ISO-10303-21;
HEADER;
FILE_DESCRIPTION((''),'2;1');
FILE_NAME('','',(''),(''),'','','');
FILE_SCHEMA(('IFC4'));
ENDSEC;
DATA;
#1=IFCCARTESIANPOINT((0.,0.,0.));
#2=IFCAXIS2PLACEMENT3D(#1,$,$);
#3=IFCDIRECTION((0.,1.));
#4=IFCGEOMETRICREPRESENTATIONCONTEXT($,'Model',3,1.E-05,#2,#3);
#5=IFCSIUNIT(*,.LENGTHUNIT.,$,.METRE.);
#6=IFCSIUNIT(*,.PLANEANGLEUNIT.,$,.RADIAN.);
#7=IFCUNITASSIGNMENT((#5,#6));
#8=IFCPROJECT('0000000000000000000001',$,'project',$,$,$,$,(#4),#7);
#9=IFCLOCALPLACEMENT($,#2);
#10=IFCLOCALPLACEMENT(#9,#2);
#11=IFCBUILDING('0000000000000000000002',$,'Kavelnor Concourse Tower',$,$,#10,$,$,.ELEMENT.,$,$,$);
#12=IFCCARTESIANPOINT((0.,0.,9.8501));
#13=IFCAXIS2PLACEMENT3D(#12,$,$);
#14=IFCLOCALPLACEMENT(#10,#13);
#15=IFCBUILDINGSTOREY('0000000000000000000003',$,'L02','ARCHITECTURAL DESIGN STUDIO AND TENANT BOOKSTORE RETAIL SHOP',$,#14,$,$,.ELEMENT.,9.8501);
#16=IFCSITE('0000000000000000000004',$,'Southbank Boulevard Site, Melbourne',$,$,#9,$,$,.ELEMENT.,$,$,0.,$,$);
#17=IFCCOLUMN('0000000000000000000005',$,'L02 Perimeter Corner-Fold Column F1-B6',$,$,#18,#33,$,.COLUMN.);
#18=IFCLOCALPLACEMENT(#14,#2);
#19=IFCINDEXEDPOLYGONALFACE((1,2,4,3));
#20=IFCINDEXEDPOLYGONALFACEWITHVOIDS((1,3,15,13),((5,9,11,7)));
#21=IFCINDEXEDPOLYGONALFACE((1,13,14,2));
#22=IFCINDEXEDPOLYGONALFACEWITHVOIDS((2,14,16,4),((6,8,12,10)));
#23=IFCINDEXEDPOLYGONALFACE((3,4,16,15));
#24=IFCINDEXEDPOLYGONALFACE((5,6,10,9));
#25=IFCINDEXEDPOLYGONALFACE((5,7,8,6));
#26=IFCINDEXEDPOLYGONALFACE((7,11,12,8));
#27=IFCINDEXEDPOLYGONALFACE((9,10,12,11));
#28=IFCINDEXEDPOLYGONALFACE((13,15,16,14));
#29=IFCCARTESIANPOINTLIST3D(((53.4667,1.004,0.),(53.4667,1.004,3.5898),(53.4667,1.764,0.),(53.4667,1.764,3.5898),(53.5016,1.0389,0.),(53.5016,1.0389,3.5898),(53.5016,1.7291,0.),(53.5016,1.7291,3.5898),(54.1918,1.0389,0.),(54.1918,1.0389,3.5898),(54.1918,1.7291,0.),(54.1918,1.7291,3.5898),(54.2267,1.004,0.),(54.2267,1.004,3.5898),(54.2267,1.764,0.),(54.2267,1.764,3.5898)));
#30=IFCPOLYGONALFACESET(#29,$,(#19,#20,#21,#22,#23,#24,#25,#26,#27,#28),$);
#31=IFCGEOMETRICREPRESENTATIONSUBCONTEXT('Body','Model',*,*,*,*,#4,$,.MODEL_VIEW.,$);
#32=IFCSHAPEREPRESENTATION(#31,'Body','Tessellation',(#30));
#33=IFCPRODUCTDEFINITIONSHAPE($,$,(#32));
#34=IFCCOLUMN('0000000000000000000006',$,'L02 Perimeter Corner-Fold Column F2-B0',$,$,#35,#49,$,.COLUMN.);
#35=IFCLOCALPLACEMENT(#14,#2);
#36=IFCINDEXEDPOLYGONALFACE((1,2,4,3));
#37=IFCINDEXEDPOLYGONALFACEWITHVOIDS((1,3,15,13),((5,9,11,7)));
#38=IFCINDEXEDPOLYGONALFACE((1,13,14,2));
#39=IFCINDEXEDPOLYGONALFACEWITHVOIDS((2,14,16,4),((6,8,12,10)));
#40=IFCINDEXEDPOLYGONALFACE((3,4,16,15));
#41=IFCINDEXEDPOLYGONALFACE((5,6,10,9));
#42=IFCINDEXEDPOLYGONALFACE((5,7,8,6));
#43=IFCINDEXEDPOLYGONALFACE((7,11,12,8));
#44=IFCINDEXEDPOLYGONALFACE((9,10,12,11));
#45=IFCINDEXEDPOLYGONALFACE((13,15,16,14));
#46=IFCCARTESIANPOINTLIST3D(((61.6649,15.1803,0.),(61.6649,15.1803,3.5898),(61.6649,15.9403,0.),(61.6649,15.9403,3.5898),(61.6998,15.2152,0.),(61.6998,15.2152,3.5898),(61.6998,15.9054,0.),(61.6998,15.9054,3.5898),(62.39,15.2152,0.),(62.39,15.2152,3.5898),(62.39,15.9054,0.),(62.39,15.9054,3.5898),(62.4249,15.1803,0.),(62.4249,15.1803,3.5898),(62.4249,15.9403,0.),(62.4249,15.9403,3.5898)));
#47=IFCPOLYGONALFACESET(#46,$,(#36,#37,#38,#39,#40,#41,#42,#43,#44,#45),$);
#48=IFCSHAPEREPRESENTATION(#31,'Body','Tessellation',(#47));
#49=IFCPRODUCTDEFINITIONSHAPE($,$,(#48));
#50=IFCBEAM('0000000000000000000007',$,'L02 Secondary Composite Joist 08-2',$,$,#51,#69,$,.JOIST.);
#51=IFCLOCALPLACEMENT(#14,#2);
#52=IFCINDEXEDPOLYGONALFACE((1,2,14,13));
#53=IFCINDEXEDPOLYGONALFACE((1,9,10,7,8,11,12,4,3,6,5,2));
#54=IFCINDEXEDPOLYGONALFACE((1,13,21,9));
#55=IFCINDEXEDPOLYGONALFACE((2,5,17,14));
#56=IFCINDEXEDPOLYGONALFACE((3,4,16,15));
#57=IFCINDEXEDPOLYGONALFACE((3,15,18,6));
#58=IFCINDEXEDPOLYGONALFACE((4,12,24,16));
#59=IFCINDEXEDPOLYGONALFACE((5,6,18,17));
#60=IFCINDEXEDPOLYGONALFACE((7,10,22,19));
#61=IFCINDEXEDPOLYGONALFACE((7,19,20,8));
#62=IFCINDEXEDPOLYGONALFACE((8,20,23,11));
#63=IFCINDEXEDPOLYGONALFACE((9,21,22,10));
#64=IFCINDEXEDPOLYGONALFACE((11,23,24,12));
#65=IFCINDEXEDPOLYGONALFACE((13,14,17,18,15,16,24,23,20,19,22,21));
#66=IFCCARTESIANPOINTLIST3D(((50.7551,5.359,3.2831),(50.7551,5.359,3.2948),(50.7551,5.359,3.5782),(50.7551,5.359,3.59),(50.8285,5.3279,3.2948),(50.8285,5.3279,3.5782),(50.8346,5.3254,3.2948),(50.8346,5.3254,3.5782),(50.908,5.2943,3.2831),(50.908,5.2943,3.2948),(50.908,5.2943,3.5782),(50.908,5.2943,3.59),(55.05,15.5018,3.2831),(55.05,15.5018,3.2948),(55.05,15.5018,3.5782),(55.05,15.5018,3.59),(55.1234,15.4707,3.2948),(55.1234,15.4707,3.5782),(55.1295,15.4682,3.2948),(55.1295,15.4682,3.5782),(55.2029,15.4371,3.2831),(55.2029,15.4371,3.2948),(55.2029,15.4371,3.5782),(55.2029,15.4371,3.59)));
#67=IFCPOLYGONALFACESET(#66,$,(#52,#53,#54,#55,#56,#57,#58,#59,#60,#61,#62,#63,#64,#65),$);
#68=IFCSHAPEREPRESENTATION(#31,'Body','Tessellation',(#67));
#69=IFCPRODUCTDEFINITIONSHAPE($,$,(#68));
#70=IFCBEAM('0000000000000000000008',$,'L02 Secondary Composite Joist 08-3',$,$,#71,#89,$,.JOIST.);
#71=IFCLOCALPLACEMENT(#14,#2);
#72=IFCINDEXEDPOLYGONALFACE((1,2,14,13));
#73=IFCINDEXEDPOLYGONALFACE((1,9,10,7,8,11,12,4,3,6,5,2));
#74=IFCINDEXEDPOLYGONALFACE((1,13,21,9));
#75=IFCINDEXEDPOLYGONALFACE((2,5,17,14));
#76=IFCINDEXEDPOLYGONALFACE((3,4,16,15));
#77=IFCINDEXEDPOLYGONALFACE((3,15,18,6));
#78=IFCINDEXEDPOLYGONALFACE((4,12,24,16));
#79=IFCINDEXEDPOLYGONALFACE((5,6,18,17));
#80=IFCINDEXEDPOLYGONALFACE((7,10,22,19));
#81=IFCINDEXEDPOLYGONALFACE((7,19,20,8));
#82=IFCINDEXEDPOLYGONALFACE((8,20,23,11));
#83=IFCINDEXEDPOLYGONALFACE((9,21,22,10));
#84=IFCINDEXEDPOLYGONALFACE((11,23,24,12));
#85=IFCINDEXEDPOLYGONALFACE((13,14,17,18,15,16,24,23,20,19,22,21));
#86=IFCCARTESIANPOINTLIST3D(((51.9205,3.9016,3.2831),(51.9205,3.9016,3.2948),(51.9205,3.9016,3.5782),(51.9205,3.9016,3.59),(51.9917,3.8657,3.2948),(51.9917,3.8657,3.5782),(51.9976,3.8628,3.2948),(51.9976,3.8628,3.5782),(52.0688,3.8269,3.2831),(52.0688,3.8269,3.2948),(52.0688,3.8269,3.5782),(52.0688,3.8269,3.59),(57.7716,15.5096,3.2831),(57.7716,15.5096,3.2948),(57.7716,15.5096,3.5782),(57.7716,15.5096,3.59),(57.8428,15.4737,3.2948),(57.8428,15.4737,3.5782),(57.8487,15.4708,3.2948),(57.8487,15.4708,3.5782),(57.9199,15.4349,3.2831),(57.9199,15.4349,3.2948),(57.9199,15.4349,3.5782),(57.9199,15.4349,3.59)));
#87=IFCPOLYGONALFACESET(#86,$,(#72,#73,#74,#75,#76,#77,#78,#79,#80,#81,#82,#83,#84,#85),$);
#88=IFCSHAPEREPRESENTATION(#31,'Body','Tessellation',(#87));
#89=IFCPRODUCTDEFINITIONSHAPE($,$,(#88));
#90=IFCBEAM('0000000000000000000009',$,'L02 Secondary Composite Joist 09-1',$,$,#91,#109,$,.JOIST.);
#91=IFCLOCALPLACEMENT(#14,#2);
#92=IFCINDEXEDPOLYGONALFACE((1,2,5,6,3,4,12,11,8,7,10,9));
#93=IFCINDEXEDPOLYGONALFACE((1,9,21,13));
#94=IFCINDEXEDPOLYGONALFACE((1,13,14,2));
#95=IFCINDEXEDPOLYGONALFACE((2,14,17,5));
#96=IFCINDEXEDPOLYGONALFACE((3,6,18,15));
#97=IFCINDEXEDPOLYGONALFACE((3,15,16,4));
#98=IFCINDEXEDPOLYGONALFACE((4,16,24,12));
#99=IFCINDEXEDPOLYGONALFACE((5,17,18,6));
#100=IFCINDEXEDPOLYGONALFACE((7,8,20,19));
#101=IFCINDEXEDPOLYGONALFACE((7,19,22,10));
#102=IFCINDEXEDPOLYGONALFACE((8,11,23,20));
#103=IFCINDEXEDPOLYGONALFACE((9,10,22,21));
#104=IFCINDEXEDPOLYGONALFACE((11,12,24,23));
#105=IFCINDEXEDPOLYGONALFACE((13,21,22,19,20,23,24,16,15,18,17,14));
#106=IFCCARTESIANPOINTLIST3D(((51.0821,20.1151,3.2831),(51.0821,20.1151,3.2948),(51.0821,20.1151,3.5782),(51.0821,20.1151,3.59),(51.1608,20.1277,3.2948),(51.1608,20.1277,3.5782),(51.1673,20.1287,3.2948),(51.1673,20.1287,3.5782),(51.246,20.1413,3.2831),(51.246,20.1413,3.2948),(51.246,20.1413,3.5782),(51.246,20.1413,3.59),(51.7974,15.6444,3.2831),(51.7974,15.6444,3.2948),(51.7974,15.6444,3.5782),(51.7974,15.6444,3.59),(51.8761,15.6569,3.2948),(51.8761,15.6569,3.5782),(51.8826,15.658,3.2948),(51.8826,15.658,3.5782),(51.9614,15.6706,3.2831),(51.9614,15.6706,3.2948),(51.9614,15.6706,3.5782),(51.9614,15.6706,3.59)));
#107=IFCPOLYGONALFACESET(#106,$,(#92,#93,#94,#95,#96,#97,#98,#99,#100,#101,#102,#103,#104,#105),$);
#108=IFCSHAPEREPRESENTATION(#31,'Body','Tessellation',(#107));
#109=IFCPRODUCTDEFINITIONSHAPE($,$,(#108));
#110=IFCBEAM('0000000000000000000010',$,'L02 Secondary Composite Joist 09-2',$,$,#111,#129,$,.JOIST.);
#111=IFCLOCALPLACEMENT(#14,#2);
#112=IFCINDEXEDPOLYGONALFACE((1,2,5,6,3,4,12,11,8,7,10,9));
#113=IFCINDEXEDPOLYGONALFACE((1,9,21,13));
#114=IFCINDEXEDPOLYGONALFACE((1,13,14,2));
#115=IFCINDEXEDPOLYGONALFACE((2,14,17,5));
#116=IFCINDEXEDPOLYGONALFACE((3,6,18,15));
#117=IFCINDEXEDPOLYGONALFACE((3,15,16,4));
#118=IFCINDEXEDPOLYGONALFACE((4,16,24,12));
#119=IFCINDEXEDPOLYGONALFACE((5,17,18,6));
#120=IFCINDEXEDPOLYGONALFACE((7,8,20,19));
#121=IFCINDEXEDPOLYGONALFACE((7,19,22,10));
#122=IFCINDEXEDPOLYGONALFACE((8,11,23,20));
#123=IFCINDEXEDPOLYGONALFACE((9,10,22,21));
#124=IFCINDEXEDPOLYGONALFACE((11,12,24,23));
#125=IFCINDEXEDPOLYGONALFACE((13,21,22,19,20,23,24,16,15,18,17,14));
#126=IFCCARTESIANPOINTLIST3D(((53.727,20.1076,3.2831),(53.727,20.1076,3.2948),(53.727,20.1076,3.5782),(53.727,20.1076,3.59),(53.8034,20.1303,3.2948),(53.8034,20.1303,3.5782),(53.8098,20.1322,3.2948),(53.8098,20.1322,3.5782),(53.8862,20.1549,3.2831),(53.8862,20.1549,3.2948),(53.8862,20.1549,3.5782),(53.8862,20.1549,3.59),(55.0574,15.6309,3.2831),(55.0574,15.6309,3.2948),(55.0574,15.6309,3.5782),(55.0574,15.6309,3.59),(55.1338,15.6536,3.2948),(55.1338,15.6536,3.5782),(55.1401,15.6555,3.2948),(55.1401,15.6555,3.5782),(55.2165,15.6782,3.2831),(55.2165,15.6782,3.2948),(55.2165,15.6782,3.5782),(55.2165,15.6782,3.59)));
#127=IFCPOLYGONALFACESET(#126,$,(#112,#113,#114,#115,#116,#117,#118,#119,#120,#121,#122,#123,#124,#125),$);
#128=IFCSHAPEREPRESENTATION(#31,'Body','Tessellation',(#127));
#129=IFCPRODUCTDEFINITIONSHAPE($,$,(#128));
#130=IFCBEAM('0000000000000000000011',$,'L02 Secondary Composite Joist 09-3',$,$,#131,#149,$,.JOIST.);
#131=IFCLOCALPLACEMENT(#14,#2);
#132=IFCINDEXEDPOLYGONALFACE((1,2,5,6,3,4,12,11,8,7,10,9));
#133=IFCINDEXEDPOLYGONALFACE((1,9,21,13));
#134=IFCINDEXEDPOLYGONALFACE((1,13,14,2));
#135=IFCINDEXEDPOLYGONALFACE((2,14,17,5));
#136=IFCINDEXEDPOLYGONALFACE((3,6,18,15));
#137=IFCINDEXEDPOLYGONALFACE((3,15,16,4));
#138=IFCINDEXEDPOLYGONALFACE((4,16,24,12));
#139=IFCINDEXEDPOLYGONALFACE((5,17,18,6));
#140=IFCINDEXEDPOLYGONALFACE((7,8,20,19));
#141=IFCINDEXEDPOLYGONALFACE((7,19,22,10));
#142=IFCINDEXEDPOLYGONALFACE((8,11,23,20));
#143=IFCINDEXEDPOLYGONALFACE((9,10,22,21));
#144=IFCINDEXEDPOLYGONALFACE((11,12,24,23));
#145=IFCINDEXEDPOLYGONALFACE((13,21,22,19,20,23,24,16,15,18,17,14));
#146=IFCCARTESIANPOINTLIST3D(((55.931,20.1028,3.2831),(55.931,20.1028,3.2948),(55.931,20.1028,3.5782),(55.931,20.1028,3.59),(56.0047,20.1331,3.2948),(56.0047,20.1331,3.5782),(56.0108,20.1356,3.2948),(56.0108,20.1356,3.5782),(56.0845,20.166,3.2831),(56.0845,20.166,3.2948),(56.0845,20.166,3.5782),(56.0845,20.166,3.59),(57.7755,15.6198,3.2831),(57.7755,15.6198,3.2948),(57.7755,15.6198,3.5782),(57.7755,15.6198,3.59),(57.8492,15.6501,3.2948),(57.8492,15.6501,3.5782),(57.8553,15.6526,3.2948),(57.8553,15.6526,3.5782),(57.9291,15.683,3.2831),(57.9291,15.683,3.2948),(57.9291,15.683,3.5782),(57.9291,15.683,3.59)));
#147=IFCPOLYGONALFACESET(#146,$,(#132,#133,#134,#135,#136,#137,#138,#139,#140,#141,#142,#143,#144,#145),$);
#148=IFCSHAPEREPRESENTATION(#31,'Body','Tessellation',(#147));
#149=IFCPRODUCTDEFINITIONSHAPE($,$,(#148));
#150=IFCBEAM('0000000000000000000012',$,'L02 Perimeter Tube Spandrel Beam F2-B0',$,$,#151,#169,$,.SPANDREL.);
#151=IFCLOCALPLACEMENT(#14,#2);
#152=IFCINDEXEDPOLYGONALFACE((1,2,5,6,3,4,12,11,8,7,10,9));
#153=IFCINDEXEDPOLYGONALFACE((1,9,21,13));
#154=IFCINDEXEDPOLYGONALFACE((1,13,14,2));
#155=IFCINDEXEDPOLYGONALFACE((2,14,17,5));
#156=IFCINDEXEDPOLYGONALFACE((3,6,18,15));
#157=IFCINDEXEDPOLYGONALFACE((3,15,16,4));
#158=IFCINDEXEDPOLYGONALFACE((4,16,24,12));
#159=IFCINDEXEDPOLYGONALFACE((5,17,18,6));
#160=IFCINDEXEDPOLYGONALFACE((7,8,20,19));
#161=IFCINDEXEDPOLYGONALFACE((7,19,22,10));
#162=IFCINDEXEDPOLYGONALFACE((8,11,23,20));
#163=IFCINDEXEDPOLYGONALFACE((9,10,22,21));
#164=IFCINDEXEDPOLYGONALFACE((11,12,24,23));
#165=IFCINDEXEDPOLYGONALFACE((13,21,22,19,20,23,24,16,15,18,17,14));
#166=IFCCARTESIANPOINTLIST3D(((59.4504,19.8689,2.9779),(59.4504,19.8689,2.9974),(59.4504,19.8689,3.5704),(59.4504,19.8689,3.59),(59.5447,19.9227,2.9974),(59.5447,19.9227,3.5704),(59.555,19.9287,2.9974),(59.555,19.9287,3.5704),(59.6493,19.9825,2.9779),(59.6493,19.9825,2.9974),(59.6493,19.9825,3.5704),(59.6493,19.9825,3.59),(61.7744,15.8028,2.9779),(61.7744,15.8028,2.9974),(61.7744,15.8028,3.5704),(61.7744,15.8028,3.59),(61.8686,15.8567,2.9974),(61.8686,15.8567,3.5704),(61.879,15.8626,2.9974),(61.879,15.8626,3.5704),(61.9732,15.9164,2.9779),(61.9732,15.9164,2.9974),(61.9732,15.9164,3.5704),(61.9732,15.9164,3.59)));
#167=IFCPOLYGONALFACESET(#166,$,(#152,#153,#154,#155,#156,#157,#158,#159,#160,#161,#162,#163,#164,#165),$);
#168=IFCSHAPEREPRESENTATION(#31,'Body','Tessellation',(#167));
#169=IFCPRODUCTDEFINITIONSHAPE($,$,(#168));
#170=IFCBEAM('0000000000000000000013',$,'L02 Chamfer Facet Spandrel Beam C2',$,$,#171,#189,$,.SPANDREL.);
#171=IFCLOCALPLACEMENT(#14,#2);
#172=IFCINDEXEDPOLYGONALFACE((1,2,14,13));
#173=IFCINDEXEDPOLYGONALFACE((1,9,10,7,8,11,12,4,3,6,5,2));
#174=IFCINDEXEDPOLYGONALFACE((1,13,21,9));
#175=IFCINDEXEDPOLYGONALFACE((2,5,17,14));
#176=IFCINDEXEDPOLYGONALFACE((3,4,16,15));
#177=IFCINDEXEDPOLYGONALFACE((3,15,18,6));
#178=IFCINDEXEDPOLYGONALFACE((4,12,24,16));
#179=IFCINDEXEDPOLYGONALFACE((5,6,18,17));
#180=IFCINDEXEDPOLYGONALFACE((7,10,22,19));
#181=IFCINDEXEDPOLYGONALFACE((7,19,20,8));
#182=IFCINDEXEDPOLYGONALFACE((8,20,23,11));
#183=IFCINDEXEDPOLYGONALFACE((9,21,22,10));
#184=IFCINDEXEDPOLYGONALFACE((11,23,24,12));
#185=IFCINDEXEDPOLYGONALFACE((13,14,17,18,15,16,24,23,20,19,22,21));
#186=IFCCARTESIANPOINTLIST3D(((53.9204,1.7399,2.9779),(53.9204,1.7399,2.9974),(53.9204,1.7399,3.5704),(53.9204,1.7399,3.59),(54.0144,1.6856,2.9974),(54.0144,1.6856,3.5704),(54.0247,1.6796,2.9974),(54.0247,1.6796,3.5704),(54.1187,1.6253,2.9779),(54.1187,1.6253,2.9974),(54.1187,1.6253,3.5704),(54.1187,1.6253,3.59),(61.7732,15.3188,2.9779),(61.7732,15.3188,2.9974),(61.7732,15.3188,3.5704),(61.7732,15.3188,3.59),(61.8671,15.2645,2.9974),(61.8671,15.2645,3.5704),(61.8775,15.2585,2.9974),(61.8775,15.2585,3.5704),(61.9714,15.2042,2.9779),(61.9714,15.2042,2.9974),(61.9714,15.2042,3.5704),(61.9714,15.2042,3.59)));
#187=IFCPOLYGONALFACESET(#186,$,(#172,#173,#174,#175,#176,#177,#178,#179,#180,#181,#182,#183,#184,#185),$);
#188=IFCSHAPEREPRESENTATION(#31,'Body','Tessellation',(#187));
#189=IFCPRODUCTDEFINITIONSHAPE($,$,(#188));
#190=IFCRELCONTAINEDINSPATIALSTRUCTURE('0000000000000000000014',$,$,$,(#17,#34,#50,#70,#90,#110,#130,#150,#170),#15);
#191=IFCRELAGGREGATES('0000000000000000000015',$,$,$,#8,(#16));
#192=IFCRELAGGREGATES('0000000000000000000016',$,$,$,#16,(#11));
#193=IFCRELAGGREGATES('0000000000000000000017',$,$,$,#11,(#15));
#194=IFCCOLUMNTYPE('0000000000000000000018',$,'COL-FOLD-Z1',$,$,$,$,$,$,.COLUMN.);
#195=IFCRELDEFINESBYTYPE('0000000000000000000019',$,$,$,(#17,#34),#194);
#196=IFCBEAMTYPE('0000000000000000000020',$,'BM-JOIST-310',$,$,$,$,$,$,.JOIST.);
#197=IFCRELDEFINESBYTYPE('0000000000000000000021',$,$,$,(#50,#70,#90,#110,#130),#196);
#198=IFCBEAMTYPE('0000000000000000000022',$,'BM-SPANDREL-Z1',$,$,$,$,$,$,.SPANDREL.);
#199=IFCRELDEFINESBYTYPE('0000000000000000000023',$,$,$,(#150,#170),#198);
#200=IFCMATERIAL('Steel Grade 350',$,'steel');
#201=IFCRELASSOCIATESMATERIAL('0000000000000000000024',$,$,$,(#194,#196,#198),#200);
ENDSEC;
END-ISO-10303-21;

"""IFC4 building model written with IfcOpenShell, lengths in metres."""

from ifc_helpers import new_model, si_unit, direction, frame, origin, origin_2d, place, context, subcontext, project, spatial, hollow_rectangle, i_section, extrude, material, material_profile, profile_set, type_object, element, save


model = new_model("IFC4")

# Units and contexts
model_context = context("Model", 3, precision=1e-05, world=origin(), true_north=direction((0.0, 1.0)))
body_context = subcontext(model_context, "Body", "Model", "MODEL_VIEW")
ifc_project = project(units=[si_unit("LENGTHUNIT", "METRE"), si_unit("PLANEANGLEUNIT", "RADIAN")], contexts=[model_context])

# Site, building, storey
site_placement = place(None, origin())
site = spatial("IfcSite", under=ifc_project, at=site_placement, Name="Southbank Boulevard Site, Melbourne", CompositionType="ELEMENT", RefElevation=0.0)
building_placement = place(site_placement, origin())
building = spatial("IfcBuilding", under=site, at=building_placement, Name="Kavelnor Concourse Tower", CompositionType="ELEMENT")
storey_placement = place(building_placement, frame((0.0, 0.0, 9.8501)))
storey = spatial("IfcBuildingStorey", under=building, at=storey_placement, Name="L02", Description="ARCHITECTURAL DESIGN STUDIO AND TENANT BOOKSTORE RETAIL SHOP", CompositionType="ELEMENT", Elevation=9.8501)

# Columns
ifc_material_1 = material(Name="Steel Grade 350", Category="steel")
ifc_material_profile_1 = material_profile(ifc_material_1, hollow_rectangle(XDim=0.76, YDim=0.76, WallThickness=0.0349, at=origin_2d()), Name="SHS 760x760x35")
ifc_profile_set_1 = profile_set([ifc_material_profile_1], Name="Steel Grade 350")
column_type = type_object("IfcColumnType", Name="COL-FOLD-Z1", PredefinedType="COLUMN", material=ifc_profile_set_1)
for number, where, z_axis, x_axis, name in (
    (1, (53.8467, 1.384, 0.0), (0.0, 0.0, 1.0), (1.0, 0.0, 0.0), "L02 Perimeter Corner-Fold Column F1-B6"),
    (2, (62.0449, 15.5603, 0.0), (0.0, 0.0, 1.0), (1.0, 0.0, 0.0), "L02 Perimeter Corner-Fold Column F2-B0"),
):
    element("IfcColumn", number, at=place(storey_placement, frame(where, z_axis=z_axis, x_axis=x_axis)), inside=storey, type_object=column_type, Name=name, PredefinedType="COLUMN", context=body_context, shape_type="SweptSolid", body=[
        extrude(hollow_rectangle(XDim=0.76, YDim=0.76, WallThickness=0.0349, at=origin_2d()), origin(), (0.0, 0.0, 1.0), 3.5898),
    ])

# Beams
ifc_material_profile_2 = material_profile(ifc_material_1, i_section(OverallWidth=0.166, OverallDepth=0.3069, WebThickness=0.0066, FlangeThickness=0.0117, at=origin_2d()), Name="310UB46")
ifc_profile_set_2 = profile_set([ifc_material_profile_2], Name="Steel Grade 350")
beam_type_1 = type_object("IfcBeamType", Name="BM-JOIST-310", PredefinedType="JOIST", material=ifc_profile_set_2)
beam_1_placement = place(storey_placement, frame((50.8315, 5.3267, 3.4365), z_axis=(0.389927, 0.920846, 0.0), x_axis=(-0.920846, 0.389927, 0.0)))
element("IfcBeam", 3, at=beam_1_placement, inside=storey, type_object=beam_type_1, Name="L02 Secondary Composite Joist 08-2", PredefinedType="JOIST", context=body_context, shape_type="SweptSolid", body=[
    extrude(i_section(OverallWidth=0.166, OverallDepth=0.3069, WebThickness=0.0066, FlangeThickness=0.0117, at=origin_2d()), origin(), (0.0, 0.0, 1.0), 11.0146),
])
beam_2_placement = place(storey_placement, frame((51.9946, 3.8643, 3.4365), z_axis=(0.450111, 0.892973, 0.0), x_axis=(-0.892973, 0.450111, 0.0)))
element("IfcBeam", 4, at=beam_2_placement, inside=storey, type_object=beam_type_1, Name="L02 Secondary Composite Joist 08-3", PredefinedType="JOIST", context=body_context, shape_type="SweptSolid", body=[
    extrude(i_section(OverallWidth=0.166, OverallDepth=0.3069, WebThickness=0.0066, FlangeThickness=0.0117, at=origin_2d()), origin(), (0.0, 0.0, 1.0), 12.9993),
])
beam_3_placement = place(storey_placement, frame((51.8794, 15.6575, 3.4365), z_axis=(-0.157995, 0.98744, 0.0), x_axis=(-0.98744, -0.157995, 0.0)))
element("IfcBeam", 5, at=beam_3_placement, inside=storey, type_object=beam_type_1, Name="L02 Secondary Composite Joist 09-1", PredefinedType="JOIST", context=body_context, shape_type="SweptSolid", body=[
    extrude(i_section(OverallWidth=0.166, OverallDepth=0.3069, WebThickness=0.0066, FlangeThickness=0.0117, at=origin_2d()), origin(), (0.0, 0.0, 1.0), 4.5276),
])
beam_4_placement = place(storey_placement, frame((55.137, 15.6545, 3.4365), z_axis=(-0.284863, 0.958568, 0.0), x_axis=(-0.958568, -0.284863, 0.0)))
element("IfcBeam", 6, at=beam_4_placement, inside=storey, type_object=beam_type_1, Name="L02 Secondary Composite Joist 09-2", PredefinedType="JOIST", context=body_context, shape_type="SweptSolid", body=[
    extrude(i_section(OverallWidth=0.166, OverallDepth=0.3069, WebThickness=0.0066, FlangeThickness=0.0117, at=origin_2d()), origin(), (0.0, 0.0, 1.0), 4.6702),
])
beam_5_placement = place(storey_placement, frame((57.8523, 15.6514, 3.4365), z_axis=(-0.380499, 0.924781, 0.0), x_axis=(-0.924781, -0.380499, 0.0)))
element("IfcBeam", 7, at=beam_5_placement, inside=storey, type_object=beam_type_1, Name="L02 Secondary Composite Joist 09-3", PredefinedType="JOIST", context=body_context, shape_type="SweptSolid", body=[
    extrude(i_section(OverallWidth=0.166, OverallDepth=0.3069, WebThickness=0.0066, FlangeThickness=0.0117, at=origin_2d()), origin(), (0.0, 0.0, 1.0), 4.8477),
])
ifc_material_profile_3 = material_profile(ifc_material_1, i_section(OverallWidth=0.229, OverallDepth=0.6121, WebThickness=0.012, FlangeThickness=0.0195, at=origin_2d()), Name="610UB125")
ifc_profile_set_3 = profile_set([ifc_material_profile_3], Name="Steel Grade 350")
beam_type_2 = type_object("IfcBeamType", Name="BM-SPANDREL-Z1", PredefinedType="SPANDREL", material=ifc_profile_set_3)
beam_6_placement = place(storey_placement, frame((61.8738, 15.8596, 3.2839), z_axis=(-0.496212, 0.868201, 0.0), x_axis=(-0.868201, -0.496212, 0.0)))
element("IfcBeam", 8, at=beam_6_placement, inside=storey, type_object=beam_type_2, Name="L02 Perimeter Tube Spandrel Beam F2-B0", PredefinedType="SPANDREL", context=body_context, shape_type="SweptSolid", body=[
    extrude(i_section(OverallWidth=0.229, OverallDepth=0.6121, WebThickness=0.012, FlangeThickness=0.0195, at=origin_2d()), origin(), (0.0, 0.0, 1.0), 4.6833),
])
beam_7_placement = place(storey_placement, frame((54.0195, 1.6826, 3.2839), z_axis=(0.500623, 0.865666, 0.0), x_axis=(-0.865666, 0.500623, 0.0)))
element("IfcBeam", 9, at=beam_7_placement, inside=storey, type_object=beam_type_2, Name="L02 Chamfer Facet Spandrel Beam C2", PredefinedType="SPANDREL", context=body_context, shape_type="SweptSolid", body=[
    extrude(i_section(OverallWidth=0.229, OverallDepth=0.6121, WebThickness=0.012, FlangeThickness=0.0195, at=origin_2d()), origin(), (0.0, 0.0, 1.0), 15.686),
])

save(model, "model.ifc")
